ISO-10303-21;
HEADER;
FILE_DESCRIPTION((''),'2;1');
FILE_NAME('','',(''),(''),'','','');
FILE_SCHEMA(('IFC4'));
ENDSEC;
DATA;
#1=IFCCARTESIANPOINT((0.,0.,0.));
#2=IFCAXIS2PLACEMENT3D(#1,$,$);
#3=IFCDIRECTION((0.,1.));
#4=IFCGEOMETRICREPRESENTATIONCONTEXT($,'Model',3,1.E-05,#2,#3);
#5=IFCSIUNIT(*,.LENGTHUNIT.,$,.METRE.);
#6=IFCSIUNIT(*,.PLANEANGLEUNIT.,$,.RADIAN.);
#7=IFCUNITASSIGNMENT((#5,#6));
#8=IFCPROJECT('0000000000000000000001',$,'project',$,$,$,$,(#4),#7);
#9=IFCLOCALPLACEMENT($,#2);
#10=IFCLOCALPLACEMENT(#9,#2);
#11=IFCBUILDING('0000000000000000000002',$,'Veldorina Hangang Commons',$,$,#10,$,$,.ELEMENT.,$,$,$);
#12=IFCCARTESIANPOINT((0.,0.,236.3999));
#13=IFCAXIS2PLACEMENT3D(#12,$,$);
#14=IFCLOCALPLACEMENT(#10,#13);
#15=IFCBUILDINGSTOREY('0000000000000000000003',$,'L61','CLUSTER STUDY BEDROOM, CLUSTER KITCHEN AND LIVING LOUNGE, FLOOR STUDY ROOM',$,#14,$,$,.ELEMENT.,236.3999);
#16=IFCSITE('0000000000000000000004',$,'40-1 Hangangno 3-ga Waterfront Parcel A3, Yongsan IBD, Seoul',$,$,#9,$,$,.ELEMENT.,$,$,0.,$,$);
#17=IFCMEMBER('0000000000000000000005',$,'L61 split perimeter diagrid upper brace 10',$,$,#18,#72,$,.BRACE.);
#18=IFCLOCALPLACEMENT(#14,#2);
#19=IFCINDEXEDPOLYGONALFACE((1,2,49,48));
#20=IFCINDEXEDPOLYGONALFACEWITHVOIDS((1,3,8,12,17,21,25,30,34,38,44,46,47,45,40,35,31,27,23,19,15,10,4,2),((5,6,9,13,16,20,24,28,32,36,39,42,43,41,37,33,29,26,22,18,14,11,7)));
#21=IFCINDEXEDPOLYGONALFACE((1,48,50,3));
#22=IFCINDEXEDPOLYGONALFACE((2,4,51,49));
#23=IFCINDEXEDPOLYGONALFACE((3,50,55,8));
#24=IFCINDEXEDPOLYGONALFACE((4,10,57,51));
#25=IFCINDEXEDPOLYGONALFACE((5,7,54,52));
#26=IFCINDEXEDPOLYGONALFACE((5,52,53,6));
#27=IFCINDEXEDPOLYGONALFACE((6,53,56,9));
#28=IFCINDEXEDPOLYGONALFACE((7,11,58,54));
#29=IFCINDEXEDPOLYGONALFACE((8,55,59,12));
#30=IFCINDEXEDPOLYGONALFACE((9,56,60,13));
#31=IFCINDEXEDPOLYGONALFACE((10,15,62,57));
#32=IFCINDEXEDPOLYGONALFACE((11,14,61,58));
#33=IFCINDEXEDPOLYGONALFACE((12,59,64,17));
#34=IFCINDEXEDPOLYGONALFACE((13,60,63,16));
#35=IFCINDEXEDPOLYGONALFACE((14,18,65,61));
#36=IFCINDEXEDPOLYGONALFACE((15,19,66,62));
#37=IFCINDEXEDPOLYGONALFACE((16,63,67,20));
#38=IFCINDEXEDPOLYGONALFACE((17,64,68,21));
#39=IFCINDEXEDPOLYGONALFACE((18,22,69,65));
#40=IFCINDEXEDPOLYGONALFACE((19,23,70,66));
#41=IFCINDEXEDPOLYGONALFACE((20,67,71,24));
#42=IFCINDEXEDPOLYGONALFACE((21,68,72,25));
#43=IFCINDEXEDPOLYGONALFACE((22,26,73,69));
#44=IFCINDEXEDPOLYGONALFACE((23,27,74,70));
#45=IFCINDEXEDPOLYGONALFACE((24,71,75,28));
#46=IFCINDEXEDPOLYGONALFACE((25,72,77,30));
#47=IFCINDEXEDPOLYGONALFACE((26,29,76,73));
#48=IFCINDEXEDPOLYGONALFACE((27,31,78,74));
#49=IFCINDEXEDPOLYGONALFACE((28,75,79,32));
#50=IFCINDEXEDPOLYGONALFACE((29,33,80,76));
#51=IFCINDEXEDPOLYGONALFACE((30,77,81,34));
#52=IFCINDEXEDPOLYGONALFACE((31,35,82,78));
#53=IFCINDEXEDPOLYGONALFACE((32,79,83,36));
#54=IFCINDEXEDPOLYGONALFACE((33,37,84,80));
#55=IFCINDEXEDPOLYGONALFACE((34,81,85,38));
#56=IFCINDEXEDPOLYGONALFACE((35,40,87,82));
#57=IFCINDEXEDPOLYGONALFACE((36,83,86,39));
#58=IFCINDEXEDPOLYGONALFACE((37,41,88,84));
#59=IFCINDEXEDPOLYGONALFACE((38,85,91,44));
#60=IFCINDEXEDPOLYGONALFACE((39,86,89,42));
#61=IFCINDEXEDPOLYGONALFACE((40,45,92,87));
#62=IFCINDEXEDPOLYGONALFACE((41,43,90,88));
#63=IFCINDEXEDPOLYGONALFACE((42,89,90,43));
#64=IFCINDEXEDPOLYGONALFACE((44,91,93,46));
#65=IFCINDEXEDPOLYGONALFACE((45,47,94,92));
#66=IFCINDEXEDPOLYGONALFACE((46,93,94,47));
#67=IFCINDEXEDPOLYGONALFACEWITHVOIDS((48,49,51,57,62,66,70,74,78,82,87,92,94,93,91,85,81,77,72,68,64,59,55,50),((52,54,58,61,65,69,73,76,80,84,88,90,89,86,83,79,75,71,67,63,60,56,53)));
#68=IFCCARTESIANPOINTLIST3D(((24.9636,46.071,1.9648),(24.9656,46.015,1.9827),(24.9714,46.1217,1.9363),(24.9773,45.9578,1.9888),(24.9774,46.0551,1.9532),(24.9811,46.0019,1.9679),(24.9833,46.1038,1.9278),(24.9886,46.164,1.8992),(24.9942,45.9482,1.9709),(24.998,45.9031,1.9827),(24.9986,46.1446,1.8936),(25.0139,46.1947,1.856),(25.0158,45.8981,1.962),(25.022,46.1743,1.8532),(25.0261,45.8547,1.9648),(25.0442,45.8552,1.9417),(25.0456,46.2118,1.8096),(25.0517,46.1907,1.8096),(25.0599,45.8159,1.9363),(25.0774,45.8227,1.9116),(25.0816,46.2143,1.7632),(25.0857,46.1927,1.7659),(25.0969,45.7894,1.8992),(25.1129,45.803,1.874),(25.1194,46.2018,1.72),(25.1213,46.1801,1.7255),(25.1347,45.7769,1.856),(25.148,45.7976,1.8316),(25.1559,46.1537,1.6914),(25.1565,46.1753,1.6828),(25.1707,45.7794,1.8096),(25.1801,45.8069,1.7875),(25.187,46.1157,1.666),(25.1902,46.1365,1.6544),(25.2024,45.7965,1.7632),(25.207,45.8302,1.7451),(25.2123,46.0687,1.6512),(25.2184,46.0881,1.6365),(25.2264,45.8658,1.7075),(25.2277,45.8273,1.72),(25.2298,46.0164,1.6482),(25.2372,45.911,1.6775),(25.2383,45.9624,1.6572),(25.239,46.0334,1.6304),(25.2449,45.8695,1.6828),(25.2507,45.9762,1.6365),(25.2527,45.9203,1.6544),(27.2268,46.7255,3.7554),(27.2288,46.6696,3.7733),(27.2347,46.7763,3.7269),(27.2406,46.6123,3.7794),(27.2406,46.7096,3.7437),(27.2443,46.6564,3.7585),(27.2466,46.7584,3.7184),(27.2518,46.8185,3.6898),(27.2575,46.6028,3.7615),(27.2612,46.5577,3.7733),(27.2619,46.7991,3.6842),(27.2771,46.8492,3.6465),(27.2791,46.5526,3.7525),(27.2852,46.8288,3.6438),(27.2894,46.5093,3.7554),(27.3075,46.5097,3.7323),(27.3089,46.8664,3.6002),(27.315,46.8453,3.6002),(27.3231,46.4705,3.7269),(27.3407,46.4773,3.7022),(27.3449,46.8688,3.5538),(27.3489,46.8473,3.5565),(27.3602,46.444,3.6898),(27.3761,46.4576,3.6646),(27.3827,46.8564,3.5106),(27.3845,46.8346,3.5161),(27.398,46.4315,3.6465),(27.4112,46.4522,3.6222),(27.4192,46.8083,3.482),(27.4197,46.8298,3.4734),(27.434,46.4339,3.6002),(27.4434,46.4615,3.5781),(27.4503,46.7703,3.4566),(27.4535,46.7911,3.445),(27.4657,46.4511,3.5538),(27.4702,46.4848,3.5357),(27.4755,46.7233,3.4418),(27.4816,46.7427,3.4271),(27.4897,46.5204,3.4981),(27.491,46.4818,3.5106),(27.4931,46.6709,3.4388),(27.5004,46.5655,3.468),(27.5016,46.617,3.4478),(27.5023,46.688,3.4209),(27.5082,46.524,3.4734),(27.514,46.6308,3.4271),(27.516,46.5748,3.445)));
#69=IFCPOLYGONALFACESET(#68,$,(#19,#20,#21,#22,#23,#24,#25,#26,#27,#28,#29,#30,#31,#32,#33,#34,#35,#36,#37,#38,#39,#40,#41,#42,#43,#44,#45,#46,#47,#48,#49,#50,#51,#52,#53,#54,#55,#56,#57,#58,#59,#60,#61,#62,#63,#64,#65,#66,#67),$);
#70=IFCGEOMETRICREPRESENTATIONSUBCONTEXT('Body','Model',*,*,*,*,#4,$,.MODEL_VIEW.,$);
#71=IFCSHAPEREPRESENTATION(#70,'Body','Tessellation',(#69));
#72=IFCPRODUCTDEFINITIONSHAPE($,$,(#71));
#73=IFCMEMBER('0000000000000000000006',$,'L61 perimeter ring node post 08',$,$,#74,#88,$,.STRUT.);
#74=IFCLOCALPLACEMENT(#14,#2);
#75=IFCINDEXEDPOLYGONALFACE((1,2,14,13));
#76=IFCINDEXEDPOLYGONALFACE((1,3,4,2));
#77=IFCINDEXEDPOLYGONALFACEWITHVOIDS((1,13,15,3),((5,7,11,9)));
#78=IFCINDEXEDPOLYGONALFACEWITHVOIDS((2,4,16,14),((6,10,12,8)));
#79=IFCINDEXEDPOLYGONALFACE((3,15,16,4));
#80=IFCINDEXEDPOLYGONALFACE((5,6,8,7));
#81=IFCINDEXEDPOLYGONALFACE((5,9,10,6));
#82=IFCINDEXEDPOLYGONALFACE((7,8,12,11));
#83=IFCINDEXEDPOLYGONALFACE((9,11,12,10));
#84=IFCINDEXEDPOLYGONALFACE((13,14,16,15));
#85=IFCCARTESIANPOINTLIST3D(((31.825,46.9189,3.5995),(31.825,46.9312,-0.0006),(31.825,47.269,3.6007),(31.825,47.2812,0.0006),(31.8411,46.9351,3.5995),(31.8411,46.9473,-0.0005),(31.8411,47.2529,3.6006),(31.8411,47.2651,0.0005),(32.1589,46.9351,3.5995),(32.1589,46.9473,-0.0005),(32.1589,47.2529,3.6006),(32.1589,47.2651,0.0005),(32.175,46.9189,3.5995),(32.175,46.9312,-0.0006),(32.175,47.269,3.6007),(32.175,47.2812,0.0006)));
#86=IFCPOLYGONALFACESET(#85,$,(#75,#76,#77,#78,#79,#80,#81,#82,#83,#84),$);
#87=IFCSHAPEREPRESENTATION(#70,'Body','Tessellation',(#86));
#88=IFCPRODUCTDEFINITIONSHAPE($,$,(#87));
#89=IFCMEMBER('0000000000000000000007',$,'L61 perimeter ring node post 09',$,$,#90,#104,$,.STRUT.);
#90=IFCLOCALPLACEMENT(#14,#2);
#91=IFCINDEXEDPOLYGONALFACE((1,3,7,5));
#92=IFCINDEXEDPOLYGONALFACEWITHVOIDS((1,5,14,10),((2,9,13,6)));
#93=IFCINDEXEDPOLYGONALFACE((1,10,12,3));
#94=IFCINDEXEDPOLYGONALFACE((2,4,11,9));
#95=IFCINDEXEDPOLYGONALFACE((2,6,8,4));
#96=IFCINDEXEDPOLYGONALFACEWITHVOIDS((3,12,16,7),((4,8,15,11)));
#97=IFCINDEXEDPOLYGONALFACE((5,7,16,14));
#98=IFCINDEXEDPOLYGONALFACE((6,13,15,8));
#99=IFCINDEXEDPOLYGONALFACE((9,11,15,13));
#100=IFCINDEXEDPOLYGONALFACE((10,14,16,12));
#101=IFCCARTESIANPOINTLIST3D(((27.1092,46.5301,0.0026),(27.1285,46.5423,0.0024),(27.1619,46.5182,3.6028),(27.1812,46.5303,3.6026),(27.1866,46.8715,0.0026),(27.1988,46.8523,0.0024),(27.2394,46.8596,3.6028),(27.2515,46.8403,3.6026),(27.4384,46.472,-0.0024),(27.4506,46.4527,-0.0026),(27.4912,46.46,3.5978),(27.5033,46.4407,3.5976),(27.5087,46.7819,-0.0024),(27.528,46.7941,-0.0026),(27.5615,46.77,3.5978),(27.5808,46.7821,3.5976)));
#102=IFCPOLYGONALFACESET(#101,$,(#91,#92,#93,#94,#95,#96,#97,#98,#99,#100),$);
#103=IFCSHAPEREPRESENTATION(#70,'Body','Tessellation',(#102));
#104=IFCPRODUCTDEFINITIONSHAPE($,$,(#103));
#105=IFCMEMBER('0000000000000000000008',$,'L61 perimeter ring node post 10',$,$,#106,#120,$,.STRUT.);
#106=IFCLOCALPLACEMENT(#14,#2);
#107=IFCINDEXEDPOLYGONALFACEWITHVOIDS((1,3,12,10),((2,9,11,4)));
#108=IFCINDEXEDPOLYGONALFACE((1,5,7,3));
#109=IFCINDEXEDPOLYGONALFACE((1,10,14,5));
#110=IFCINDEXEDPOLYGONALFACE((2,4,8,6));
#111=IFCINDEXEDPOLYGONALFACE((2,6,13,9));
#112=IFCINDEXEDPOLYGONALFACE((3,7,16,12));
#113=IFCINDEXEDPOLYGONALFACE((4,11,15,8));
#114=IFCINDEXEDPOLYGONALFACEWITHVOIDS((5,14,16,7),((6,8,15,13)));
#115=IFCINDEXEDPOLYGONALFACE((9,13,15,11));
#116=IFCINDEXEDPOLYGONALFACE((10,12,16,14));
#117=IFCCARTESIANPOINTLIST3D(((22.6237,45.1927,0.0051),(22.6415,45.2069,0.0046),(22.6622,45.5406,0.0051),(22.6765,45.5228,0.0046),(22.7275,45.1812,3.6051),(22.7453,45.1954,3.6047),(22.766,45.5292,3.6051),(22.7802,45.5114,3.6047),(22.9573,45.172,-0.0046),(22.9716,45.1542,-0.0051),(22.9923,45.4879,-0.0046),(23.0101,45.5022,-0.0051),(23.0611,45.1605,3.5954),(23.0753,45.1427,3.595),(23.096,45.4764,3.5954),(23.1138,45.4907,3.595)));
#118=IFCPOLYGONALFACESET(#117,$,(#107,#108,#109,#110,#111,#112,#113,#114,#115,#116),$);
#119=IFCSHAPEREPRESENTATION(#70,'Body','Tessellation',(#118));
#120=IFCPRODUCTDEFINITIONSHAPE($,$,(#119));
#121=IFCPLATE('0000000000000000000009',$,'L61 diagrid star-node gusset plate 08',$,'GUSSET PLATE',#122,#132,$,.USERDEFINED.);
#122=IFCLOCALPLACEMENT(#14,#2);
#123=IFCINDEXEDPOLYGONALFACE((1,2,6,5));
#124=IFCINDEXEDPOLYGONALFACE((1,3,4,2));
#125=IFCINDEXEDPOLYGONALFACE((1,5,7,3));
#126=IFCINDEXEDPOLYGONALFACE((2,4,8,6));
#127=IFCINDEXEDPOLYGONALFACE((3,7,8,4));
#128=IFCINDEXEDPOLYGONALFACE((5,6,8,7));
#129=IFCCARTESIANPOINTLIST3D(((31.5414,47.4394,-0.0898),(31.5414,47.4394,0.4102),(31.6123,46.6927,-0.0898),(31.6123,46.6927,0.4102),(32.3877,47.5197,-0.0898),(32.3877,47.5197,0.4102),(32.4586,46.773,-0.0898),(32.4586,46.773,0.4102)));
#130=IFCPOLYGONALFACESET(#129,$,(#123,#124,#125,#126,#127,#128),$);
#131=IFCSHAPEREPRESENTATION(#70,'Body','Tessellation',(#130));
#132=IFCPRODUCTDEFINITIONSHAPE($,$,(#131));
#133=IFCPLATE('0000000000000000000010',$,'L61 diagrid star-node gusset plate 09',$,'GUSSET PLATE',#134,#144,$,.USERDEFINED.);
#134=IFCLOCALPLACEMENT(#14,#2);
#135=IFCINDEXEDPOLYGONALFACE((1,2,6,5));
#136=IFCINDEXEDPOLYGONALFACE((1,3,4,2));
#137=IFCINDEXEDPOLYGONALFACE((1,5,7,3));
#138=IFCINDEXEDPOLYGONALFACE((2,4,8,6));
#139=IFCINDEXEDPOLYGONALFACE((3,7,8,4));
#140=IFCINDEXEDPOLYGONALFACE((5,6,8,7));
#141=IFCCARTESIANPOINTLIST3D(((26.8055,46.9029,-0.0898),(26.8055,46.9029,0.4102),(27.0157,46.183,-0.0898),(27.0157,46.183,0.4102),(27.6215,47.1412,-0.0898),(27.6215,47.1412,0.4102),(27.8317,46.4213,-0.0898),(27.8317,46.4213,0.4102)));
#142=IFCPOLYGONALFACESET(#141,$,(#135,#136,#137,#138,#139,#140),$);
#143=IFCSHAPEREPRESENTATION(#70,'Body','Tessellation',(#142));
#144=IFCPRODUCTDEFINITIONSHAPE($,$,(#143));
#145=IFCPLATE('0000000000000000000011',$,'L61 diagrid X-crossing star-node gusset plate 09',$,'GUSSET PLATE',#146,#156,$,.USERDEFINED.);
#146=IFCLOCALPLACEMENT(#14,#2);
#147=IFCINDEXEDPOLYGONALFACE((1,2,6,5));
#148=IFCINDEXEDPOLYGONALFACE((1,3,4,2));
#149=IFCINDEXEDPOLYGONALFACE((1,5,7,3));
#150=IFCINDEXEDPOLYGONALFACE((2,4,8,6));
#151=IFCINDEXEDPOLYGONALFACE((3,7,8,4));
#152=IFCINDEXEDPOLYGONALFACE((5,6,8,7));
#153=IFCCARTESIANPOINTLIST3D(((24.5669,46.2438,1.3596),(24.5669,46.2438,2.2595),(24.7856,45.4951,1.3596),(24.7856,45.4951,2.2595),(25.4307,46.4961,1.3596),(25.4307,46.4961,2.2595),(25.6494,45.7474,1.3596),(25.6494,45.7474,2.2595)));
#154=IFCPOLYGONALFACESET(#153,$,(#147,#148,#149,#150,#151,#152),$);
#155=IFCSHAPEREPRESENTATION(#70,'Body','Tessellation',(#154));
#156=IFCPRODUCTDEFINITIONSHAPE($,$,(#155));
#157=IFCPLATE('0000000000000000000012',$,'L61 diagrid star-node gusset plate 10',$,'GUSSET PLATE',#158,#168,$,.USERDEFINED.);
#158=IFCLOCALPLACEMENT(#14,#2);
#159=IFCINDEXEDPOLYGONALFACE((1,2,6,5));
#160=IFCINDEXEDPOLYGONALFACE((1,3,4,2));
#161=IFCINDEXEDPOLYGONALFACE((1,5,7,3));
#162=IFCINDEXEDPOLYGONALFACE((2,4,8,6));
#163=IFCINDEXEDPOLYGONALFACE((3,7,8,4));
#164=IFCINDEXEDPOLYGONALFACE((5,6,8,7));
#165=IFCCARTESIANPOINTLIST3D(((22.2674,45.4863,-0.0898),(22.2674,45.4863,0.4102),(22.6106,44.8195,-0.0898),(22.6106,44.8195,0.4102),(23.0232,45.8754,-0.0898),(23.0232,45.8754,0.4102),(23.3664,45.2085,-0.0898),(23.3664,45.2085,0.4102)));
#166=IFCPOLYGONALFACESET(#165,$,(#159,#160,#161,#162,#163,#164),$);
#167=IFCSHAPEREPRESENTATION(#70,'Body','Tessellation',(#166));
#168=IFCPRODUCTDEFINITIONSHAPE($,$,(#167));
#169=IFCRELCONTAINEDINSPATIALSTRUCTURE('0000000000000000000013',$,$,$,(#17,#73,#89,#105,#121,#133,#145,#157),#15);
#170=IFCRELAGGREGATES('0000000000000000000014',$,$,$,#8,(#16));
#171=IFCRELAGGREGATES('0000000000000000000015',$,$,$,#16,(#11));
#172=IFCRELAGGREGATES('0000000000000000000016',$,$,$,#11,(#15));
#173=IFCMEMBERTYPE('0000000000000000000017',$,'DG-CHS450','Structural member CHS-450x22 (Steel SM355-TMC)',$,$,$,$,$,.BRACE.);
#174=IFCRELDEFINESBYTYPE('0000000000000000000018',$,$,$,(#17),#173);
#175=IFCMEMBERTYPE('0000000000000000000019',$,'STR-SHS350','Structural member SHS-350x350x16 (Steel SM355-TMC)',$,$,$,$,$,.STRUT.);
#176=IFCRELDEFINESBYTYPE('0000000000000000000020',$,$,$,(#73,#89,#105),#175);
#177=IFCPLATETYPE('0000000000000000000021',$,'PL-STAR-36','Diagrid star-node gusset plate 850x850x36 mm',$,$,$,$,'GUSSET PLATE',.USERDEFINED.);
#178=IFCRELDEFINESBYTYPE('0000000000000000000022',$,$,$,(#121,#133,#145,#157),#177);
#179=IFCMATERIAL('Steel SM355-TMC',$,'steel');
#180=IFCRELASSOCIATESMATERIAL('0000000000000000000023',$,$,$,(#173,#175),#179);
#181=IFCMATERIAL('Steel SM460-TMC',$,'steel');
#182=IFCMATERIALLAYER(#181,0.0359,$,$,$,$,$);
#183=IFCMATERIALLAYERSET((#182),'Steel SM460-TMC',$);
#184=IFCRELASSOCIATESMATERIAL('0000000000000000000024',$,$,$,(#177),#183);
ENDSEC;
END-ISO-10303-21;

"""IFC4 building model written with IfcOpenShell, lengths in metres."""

from ifc_helpers import new_model, si_unit, direction, frame, origin, origin_2d, place, context, subcontext, project, spatial, rectangle, hollow_rectangle, hollow_circle, extrude, material, layer, layer_set, material_profile, profile_set, type_object, element, save


model = new_model("IFC4")

# Units and contexts
model_context = context("Model", 3, precision=1e-05, world=origin(), true_north=direction((0.0, 1.0)))
body_context = subcontext(model_context, "Body", "Model", "MODEL_VIEW")
ifc_project = project(units=[si_unit("LENGTHUNIT", "METRE"), si_unit("PLANEANGLEUNIT", "RADIAN")], contexts=[model_context])

# Site, building, storey
site_placement = place(None, origin())
site = spatial("IfcSite", under=ifc_project, at=site_placement, Name="40-1 Hangangno 3-ga Waterfront Parcel A3, Yongsan IBD, Seoul", CompositionType="ELEMENT", RefElevation=0.0)
building_placement = place(site_placement, origin())
building = spatial("IfcBuilding", under=site, at=building_placement, Name="Veldorina Hangang Commons", CompositionType="ELEMENT")
storey_placement = place(building_placement, frame((0.0, 0.0, 236.3999)))
storey = spatial("IfcBuildingStorey", under=building, at=storey_placement, Name="L61", Description="CLUSTER STUDY BEDROOM, CLUSTER KITCHEN AND LIVING LOUNGE, FLOOR STUDY ROOM", CompositionType="ELEMENT", Elevation=236.3999)

# Shared definitions
ifc_material_1 = material(Name="Steel SM355-TMC", Category="steel")

# Members
ifc_material_profile_1 = material_profile(ifc_material_1, hollow_circle(Radius=0.2251, WallThickness=0.022, at=origin_2d()), Name="CHS-450x22")
ifc_profile_set_1 = profile_set([ifc_material_profile_1], Name="Steel SM355-TMC")
member_type_1 = type_object("IfcMemberType", Name="DG-CHS450", Description="Structural member CHS-450x22 (Steel SM355-TMC)", PredefinedType="BRACE", material=ifc_profile_set_1)
member_1_placement = place(storey_placement, frame((25.1082, 45.9956, 1.8096), z_axis=(0.764816, 0.221194, 0.605087), x_axis=(-0.277827, 0.960631, 0.0)))
element("IfcMember", 1, at=member_1_placement, inside=storey, type_object=member_type_1, Name="L61 split perimeter diagrid upper brace 10", PredefinedType="BRACE", context=body_context, shape_type="SweptSolid", body=[
    extrude(hollow_circle(Radius=0.2251, WallThickness=0.022, at=origin_2d()), origin(), (0.0, 0.0, 1.0), 2.9592),
])
ifc_material_profile_2 = material_profile(ifc_material_1, hollow_rectangle(XDim=0.3501, YDim=0.3501, WallThickness=0.0161, at=origin_2d()), Name="SHS-350x350x16")
ifc_profile_set_2 = profile_set([ifc_material_profile_2], Name="Steel SM355-TMC")
member_type_2 = type_object("IfcMemberType", Name="STR-SHS350", Description="Structural member SHS-350x350x16 (Steel SM355-TMC)", PredefinedType="STRUT", material=ifc_profile_set_2)
member_2_placement = place(storey_placement, frame((32.0, 47.1062, 0.0), z_axis=(0.0, -0.003391, 0.999994), x_axis=(1.0, 0.0, 0.0)))
element("IfcMember", 2, at=member_2_placement, inside=storey, type_object=member_type_2, Name="L61 perimeter ring node post 08", PredefinedType="STRUT", context=body_context, shape_type="SweptSolid", body=[
    extrude(hollow_rectangle(XDim=0.3501, YDim=0.3501, WallThickness=0.0161, at=origin_2d()), origin(), (0.0, 0.0, 1.0), 3.6001),
])
member_3_placement = place(storey_placement, frame((27.3186, 46.6621, 0.0), z_axis=(0.014646, -0.003323, 0.999887), x_axis=(0.221231, 0.975221, 0.0)))
element("IfcMember", 3, at=member_3_placement, inside=storey, type_object=member_type_2, Name="L61 perimeter ring node post 09", PredefinedType="STRUT", context=body_context, shape_type="SweptSolid", body=[
    extrude(hollow_rectangle(XDim=0.3501, YDim=0.3501, WallThickness=0.0161, at=origin_2d()), origin(), (0.0, 0.0, 1.0), 3.6006),
])
member_4_placement = place(storey_placement, frame((22.8169, 45.3474, 0.0), z_axis=(0.028809, -0.003186, 0.99958), x_axis=(0.109918, 0.993941, 0.0)))
element("IfcMember", 4, at=member_4_placement, inside=storey, type_object=member_type_2, Name="L61 perimeter ring node post 10", PredefinedType="STRUT", context=body_context, shape_type="SweptSolid", body=[
    extrude(hollow_rectangle(XDim=0.3501, YDim=0.3501, WallThickness=0.0161, at=origin_2d()), origin(), (0.0, 0.0, 1.0), 3.6016),
])

# Plates
ifc_material_2 = material(Name="Steel SM460-TMC", Category="steel")
ifc_layer_1 = layer(ifc_material_2, 0.0359)
ifc_layer_set_1 = layer_set([ifc_layer_1], Name="Steel SM460-TMC")
plate_type = type_object("IfcPlateType", Name="PL-STAR-36", Description="Diagrid star-node gusset plate 850x850x36 mm", ElementType="GUSSET PLATE", PredefinedType="USERDEFINED", material=ifc_layer_set_1)
for number, where, z_axis, x_axis, name in (
    (5, (32.0, 47.1062, -0.0898), (0.0, 0.0, 1.0), (-0.995532, -0.094421, 0.0), "L61 diagrid star-node gusset plate 08"),
    (6, (27.3186, 46.6621, -0.0898), (0.0, 0.0, 1.0), (-0.959893, -0.280365, 0.0), "L61 diagrid star-node gusset plate 09"),
):
    element("IfcPlate", number, at=place(storey_placement, frame(where, z_axis=z_axis, x_axis=x_axis)), inside=storey, type_object=plate_type, Name=name, ObjectType="GUSSET PLATE", PredefinedType="USERDEFINED", context=body_context, shape_type="SweptSolid", body=[
        extrude(rectangle(XDim=0.8501, YDim=0.75, at=origin_2d()), origin(), (0.0, 0.0, 1.0), 0.5),
    ])
plate_1_placement = place(storey_placement, frame((25.1082, 45.9956, 1.3596), z_axis=(0.0, 0.0, 1.0), x_axis=(-0.959893, -0.280365, 0.0)))
element("IfcPlate", 7, at=plate_1_placement, inside=storey, type_object=plate_type, Name="L61 diagrid X-crossing star-node gusset plate 09", ObjectType="GUSSET PLATE", PredefinedType="USERDEFINED", context=body_context, shape_type="SweptSolid", body=[
    extrude(rectangle(XDim=0.8999, YDim=0.78, at=origin_2d()), origin(), (0.0, 0.0, 1.0), 0.8999),
])
plate_2_placement = place(storey_placement, frame((22.8169, 45.3474, -0.0898), z_axis=(0.0, 0.0, 1.0), x_axis=(-0.889137, -0.457641, 0.0)))
element("IfcPlate", 8, at=plate_2_placement, inside=storey, type_object=plate_type, Name="L61 diagrid star-node gusset plate 10", ObjectType="GUSSET PLATE", PredefinedType="USERDEFINED", context=body_context, shape_type="SweptSolid", body=[
    extrude(rectangle(XDim=0.8501, YDim=0.75, at=origin_2d()), origin(), (0.0, 0.0, 1.0), 0.5),
])

save(model, "model.ifc")
